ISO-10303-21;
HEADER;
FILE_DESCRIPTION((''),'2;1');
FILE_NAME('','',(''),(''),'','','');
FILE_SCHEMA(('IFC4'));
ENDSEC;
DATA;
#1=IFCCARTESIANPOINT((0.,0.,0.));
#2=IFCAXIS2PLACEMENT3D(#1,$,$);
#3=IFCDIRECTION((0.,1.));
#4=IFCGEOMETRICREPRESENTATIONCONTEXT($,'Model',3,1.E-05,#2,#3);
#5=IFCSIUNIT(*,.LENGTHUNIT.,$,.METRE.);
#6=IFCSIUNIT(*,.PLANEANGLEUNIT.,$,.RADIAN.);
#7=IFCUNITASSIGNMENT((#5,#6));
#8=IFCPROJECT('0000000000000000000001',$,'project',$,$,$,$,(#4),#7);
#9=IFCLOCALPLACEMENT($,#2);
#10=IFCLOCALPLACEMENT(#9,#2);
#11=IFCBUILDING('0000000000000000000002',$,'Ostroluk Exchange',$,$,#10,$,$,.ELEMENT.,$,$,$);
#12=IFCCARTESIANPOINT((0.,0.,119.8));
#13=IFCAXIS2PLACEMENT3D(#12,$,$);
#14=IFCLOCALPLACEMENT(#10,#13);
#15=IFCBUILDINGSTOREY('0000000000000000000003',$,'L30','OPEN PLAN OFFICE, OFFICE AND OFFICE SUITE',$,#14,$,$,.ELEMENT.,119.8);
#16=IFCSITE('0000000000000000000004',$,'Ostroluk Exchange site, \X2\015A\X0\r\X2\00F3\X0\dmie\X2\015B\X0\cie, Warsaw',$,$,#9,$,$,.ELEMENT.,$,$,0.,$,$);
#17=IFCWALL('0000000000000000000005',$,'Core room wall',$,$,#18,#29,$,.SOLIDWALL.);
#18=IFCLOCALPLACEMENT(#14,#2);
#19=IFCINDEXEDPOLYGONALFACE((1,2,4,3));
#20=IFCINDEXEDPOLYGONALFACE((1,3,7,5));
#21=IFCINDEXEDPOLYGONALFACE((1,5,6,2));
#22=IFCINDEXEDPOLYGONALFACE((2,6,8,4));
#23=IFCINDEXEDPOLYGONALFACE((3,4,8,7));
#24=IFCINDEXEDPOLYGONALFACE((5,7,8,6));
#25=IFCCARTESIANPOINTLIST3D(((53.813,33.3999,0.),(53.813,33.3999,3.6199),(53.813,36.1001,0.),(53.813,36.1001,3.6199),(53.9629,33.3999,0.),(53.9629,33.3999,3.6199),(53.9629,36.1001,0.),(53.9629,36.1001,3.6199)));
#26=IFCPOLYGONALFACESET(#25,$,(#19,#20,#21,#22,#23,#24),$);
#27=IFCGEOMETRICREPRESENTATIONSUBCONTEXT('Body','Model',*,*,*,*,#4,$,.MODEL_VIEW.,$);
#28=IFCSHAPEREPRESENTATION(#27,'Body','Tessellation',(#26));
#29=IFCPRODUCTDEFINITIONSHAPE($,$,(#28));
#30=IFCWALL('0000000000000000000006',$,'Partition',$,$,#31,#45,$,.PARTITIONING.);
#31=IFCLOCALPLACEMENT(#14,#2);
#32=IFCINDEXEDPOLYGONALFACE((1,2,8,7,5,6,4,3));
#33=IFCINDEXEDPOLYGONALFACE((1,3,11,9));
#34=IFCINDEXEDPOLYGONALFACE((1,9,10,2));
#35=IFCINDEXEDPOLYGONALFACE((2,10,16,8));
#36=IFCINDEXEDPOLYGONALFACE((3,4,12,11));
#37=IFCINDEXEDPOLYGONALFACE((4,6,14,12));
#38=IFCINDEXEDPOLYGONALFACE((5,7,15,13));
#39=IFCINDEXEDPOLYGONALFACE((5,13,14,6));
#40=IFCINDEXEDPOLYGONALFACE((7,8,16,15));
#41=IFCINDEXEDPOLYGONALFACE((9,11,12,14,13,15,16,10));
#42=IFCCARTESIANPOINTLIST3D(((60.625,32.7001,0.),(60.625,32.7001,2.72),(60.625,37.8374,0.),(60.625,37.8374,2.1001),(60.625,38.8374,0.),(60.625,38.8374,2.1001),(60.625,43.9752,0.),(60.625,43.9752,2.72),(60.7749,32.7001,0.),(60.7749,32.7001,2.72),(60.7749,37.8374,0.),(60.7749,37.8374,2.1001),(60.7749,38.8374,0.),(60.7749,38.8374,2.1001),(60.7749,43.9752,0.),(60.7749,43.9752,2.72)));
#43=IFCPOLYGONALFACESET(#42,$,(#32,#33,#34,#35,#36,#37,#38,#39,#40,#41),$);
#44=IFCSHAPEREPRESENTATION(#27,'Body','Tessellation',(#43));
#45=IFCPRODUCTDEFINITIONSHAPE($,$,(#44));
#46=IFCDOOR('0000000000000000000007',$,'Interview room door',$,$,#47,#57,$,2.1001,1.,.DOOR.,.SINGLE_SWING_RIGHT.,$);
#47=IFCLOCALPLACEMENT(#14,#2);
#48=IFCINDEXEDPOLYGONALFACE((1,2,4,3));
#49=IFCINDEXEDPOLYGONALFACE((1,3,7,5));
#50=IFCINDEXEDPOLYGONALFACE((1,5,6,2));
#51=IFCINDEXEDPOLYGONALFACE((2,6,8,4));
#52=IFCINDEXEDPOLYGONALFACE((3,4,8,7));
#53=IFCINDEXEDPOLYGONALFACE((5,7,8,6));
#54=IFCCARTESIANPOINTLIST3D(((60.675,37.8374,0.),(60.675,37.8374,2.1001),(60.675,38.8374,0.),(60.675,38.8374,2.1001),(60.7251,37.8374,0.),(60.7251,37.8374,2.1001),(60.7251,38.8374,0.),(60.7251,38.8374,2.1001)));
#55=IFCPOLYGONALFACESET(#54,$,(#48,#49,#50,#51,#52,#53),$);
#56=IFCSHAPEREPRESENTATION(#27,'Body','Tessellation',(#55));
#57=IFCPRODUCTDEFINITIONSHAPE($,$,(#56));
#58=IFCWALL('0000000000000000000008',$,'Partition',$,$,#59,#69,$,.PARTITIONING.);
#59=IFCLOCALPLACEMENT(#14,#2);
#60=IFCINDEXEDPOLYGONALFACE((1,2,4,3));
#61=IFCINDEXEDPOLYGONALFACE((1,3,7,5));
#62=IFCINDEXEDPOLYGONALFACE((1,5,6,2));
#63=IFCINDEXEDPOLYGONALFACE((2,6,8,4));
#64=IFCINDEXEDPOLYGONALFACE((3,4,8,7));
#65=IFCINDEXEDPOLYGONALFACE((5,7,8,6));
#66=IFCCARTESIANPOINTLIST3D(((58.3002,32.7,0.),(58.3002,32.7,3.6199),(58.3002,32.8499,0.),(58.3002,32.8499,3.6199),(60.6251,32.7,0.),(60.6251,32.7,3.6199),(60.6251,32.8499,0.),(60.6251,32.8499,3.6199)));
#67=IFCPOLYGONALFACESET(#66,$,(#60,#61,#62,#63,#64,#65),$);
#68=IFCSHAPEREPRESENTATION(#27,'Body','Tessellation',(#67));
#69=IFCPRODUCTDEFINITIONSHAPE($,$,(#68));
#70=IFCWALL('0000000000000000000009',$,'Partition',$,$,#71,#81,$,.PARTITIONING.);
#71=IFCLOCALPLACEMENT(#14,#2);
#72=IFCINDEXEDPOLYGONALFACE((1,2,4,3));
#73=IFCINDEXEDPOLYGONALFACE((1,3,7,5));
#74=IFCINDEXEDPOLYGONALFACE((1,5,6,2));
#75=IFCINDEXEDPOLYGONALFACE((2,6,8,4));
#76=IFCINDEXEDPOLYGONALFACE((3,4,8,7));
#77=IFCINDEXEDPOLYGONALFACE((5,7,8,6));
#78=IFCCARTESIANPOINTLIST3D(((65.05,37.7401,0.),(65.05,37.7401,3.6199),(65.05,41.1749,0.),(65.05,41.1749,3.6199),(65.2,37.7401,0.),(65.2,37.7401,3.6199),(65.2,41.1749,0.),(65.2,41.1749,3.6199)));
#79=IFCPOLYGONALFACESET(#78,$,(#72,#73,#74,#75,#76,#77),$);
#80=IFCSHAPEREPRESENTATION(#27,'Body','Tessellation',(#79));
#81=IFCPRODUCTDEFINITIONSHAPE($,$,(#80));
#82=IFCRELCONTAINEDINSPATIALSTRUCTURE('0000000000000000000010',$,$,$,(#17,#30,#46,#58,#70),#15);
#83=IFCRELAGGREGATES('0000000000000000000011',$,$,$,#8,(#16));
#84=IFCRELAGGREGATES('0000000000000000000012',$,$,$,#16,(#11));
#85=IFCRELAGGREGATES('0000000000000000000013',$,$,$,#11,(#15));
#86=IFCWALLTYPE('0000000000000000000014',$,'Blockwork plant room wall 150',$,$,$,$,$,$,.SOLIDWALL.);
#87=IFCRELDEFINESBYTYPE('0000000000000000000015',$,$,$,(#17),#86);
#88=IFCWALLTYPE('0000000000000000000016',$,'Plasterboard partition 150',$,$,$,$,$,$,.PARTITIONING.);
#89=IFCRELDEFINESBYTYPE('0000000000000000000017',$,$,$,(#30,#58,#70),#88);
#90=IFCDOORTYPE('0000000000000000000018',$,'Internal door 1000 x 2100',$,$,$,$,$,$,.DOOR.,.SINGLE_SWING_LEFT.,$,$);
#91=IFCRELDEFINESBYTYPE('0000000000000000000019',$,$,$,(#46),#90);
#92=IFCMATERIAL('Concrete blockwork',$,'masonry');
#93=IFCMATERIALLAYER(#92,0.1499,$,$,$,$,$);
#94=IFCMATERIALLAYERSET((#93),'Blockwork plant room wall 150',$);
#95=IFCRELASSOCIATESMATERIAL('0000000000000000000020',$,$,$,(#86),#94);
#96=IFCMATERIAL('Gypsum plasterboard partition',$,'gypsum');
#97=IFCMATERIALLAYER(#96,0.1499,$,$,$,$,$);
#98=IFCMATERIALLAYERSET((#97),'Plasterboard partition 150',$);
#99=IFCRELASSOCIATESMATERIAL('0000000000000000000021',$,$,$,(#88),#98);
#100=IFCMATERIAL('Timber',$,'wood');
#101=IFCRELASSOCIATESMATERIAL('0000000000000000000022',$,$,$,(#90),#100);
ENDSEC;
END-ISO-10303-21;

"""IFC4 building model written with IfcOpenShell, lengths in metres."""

from ifc_helpers import new_model, si_unit, direction, frame, frame_2d, origin, place, context, subcontext, project, spatial, rectangle, extrude, material, layer, layer_set, type_object, element, fill, save


model = new_model("IFC4")

# Units and contexts
model_context = context("Model", 3, precision=1e-05, world=origin(), true_north=direction((0.0, 1.0)))
body_context = subcontext(model_context, "Body", "Model", "MODEL_VIEW")
ifc_project = project(units=[si_unit("LENGTHUNIT", "METRE"), si_unit("PLANEANGLEUNIT", "RADIAN")], contexts=[model_context])

# Site, building, storey
site_placement = place(None, origin())
site = spatial("IfcSite", under=ifc_project, at=site_placement, Name="Ostroluk Exchange site, Śródmieście, Warsaw", CompositionType="ELEMENT", RefElevation=0.0)
building_placement = place(site_placement, origin())
building = spatial("IfcBuilding", under=site, at=building_placement, Name="Ostroluk Exchange", CompositionType="ELEMENT")
storey_placement = place(building_placement, frame((0.0, 0.0, 119.8)))
storey = spatial("IfcBuildingStorey", under=building, at=storey_placement, Name="L30", Description="OPEN PLAN OFFICE, OFFICE AND OFFICE SUITE", CompositionType="ELEMENT", Elevation=119.8)

# Wall
ifc_material_1 = material(Name="Concrete blockwork", Category="masonry")
ifc_layer_1 = layer(ifc_material_1, 0.1499)
ifc_layer_set_1 = layer_set([ifc_layer_1], Name="Blockwork plant room wall 150")
wall_type_1 = type_object("IfcWallType", Name="Blockwork plant room wall 150", PredefinedType="SOLIDWALL", material=ifc_layer_set_1)
wall_1_placement = place(storey_placement, frame((53.8879, 33.3999, 0.0), z_axis=(0.0, 0.0, 1.0), x_axis=(0.0, 1.0, 0.0)))
element("IfcWall", 1, at=wall_1_placement, inside=storey, type_object=wall_type_1, Name="Core room wall", PredefinedType="SOLIDWALL", context=body_context, shape_type="SweptSolid", body=[
    extrude(rectangle(XDim=2.7002, YDim=0.1499, at=frame_2d((1.3501, 0.0))), origin(), (0.0, 0.0, 1.0), 3.6199),
])

# Wall, opening, door
ifc_material_2 = material(Name="Gypsum plasterboard partition", Category="gypsum")
ifc_layer_2 = layer(ifc_material_2, 0.1499)
ifc_layer_set_2 = layer_set([ifc_layer_2], Name="Plasterboard partition 150")
wall_type_2 = type_object("IfcWallType", Name="Plasterboard partition 150", PredefinedType="PARTITIONING", material=ifc_layer_set_2)
wall_2_placement = place(storey_placement, frame((60.7, 32.7, 0.0), z_axis=(0.0, 0.0, 1.0), x_axis=(0.0, 1.0, 0.0)))
wall_2 = element("IfcWall", 2, at=wall_2_placement, inside=storey, type_object=wall_type_2, Name="Partition", PredefinedType="PARTITIONING", context=body_context, shape_type="SweptSolid", body=[
    extrude(rectangle(XDim=11.2751, YDim=0.1499, at=frame_2d((5.6377, 0.0))), origin(), (0.0, 0.0, 1.0), 2.72),
])
opening_1_placement = place(wall_2_placement, frame((5.1375, 0.0, 0.0)))
opening_1 = element("IfcOpeningElement", 3, at=opening_1_placement, cuts=wall_2, PredefinedType="OPENING", context=body_context, shape_type="SweptSolid", body=[
    extrude(rectangle(XDim=1.0, YDim=2.1001, at=frame_2d((0.5, 1.05))), frame((0.0, 0.085, 0.0), z_axis=(0.0, -1.0, 0.0), x_axis=(1.0, 0.0, 0.0)), (0.0, 0.0, 1.0), 0.1699),
])
ifc_material_3 = material(Name="Timber", Category="wood")
door_type_1 = type_object("IfcDoorType", Name="Internal door 1000 x 2100", OperationType="SINGLE_SWING_LEFT", PredefinedType="DOOR", material=ifc_material_3)
door_1_placement = place(opening_1_placement, origin())
door_1 = element("IfcDoor", 4, at=door_1_placement, inside=storey, type_object=door_type_1, Name="Interview room door", OperationType="SINGLE_SWING_RIGHT", OverallHeight=2.1001, OverallWidth=1.0, PredefinedType="DOOR", context=body_context, shape_type="SweptSolid", body=[
    extrude(rectangle(XDim=1.0, YDim=2.1001, at=frame_2d((0.5, 1.05))), frame((0.0, 0.0249, 0.0), z_axis=(0.0, -1.0, 0.0), x_axis=(1.0, 0.0, 0.0)), (0.0, 0.0, 1.0), 0.05),
])
fill(opening_1, door_1)

# Walls
wall_3_placement = place(storey_placement, frame((58.3, 32.7749, 0.0), z_axis=(0.0, 0.0, 1.0), x_axis=(1.0, 0.0, 0.0)))
element("IfcWall", 5, at=wall_3_placement, inside=storey, type_object=wall_type_2, Name="Partition", PredefinedType="PARTITIONING", context=body_context, shape_type="SweptSolid", body=[
    extrude(rectangle(XDim=2.325, YDim=0.1499, at=frame_2d((1.1626, 0.0))), origin(), (0.0, 0.0, 1.0), 3.6199),
])
wall_4_placement = place(storey_placement, frame((65.125, 37.7402, 0.0), z_axis=(0.0, 0.0, 1.0), x_axis=(0.0, 1.0, 0.0)))
element("IfcWall", 6, at=wall_4_placement, inside=storey, type_object=wall_type_2, Name="Partition", PredefinedType="PARTITIONING", context=body_context, shape_type="SweptSolid", body=[
    extrude(rectangle(XDim=3.4348, YDim=0.1499, at=frame_2d((1.7173, 0.0))), origin(), (0.0, 0.0, 1.0), 3.6199),
])

save(model, "model.ifc")
